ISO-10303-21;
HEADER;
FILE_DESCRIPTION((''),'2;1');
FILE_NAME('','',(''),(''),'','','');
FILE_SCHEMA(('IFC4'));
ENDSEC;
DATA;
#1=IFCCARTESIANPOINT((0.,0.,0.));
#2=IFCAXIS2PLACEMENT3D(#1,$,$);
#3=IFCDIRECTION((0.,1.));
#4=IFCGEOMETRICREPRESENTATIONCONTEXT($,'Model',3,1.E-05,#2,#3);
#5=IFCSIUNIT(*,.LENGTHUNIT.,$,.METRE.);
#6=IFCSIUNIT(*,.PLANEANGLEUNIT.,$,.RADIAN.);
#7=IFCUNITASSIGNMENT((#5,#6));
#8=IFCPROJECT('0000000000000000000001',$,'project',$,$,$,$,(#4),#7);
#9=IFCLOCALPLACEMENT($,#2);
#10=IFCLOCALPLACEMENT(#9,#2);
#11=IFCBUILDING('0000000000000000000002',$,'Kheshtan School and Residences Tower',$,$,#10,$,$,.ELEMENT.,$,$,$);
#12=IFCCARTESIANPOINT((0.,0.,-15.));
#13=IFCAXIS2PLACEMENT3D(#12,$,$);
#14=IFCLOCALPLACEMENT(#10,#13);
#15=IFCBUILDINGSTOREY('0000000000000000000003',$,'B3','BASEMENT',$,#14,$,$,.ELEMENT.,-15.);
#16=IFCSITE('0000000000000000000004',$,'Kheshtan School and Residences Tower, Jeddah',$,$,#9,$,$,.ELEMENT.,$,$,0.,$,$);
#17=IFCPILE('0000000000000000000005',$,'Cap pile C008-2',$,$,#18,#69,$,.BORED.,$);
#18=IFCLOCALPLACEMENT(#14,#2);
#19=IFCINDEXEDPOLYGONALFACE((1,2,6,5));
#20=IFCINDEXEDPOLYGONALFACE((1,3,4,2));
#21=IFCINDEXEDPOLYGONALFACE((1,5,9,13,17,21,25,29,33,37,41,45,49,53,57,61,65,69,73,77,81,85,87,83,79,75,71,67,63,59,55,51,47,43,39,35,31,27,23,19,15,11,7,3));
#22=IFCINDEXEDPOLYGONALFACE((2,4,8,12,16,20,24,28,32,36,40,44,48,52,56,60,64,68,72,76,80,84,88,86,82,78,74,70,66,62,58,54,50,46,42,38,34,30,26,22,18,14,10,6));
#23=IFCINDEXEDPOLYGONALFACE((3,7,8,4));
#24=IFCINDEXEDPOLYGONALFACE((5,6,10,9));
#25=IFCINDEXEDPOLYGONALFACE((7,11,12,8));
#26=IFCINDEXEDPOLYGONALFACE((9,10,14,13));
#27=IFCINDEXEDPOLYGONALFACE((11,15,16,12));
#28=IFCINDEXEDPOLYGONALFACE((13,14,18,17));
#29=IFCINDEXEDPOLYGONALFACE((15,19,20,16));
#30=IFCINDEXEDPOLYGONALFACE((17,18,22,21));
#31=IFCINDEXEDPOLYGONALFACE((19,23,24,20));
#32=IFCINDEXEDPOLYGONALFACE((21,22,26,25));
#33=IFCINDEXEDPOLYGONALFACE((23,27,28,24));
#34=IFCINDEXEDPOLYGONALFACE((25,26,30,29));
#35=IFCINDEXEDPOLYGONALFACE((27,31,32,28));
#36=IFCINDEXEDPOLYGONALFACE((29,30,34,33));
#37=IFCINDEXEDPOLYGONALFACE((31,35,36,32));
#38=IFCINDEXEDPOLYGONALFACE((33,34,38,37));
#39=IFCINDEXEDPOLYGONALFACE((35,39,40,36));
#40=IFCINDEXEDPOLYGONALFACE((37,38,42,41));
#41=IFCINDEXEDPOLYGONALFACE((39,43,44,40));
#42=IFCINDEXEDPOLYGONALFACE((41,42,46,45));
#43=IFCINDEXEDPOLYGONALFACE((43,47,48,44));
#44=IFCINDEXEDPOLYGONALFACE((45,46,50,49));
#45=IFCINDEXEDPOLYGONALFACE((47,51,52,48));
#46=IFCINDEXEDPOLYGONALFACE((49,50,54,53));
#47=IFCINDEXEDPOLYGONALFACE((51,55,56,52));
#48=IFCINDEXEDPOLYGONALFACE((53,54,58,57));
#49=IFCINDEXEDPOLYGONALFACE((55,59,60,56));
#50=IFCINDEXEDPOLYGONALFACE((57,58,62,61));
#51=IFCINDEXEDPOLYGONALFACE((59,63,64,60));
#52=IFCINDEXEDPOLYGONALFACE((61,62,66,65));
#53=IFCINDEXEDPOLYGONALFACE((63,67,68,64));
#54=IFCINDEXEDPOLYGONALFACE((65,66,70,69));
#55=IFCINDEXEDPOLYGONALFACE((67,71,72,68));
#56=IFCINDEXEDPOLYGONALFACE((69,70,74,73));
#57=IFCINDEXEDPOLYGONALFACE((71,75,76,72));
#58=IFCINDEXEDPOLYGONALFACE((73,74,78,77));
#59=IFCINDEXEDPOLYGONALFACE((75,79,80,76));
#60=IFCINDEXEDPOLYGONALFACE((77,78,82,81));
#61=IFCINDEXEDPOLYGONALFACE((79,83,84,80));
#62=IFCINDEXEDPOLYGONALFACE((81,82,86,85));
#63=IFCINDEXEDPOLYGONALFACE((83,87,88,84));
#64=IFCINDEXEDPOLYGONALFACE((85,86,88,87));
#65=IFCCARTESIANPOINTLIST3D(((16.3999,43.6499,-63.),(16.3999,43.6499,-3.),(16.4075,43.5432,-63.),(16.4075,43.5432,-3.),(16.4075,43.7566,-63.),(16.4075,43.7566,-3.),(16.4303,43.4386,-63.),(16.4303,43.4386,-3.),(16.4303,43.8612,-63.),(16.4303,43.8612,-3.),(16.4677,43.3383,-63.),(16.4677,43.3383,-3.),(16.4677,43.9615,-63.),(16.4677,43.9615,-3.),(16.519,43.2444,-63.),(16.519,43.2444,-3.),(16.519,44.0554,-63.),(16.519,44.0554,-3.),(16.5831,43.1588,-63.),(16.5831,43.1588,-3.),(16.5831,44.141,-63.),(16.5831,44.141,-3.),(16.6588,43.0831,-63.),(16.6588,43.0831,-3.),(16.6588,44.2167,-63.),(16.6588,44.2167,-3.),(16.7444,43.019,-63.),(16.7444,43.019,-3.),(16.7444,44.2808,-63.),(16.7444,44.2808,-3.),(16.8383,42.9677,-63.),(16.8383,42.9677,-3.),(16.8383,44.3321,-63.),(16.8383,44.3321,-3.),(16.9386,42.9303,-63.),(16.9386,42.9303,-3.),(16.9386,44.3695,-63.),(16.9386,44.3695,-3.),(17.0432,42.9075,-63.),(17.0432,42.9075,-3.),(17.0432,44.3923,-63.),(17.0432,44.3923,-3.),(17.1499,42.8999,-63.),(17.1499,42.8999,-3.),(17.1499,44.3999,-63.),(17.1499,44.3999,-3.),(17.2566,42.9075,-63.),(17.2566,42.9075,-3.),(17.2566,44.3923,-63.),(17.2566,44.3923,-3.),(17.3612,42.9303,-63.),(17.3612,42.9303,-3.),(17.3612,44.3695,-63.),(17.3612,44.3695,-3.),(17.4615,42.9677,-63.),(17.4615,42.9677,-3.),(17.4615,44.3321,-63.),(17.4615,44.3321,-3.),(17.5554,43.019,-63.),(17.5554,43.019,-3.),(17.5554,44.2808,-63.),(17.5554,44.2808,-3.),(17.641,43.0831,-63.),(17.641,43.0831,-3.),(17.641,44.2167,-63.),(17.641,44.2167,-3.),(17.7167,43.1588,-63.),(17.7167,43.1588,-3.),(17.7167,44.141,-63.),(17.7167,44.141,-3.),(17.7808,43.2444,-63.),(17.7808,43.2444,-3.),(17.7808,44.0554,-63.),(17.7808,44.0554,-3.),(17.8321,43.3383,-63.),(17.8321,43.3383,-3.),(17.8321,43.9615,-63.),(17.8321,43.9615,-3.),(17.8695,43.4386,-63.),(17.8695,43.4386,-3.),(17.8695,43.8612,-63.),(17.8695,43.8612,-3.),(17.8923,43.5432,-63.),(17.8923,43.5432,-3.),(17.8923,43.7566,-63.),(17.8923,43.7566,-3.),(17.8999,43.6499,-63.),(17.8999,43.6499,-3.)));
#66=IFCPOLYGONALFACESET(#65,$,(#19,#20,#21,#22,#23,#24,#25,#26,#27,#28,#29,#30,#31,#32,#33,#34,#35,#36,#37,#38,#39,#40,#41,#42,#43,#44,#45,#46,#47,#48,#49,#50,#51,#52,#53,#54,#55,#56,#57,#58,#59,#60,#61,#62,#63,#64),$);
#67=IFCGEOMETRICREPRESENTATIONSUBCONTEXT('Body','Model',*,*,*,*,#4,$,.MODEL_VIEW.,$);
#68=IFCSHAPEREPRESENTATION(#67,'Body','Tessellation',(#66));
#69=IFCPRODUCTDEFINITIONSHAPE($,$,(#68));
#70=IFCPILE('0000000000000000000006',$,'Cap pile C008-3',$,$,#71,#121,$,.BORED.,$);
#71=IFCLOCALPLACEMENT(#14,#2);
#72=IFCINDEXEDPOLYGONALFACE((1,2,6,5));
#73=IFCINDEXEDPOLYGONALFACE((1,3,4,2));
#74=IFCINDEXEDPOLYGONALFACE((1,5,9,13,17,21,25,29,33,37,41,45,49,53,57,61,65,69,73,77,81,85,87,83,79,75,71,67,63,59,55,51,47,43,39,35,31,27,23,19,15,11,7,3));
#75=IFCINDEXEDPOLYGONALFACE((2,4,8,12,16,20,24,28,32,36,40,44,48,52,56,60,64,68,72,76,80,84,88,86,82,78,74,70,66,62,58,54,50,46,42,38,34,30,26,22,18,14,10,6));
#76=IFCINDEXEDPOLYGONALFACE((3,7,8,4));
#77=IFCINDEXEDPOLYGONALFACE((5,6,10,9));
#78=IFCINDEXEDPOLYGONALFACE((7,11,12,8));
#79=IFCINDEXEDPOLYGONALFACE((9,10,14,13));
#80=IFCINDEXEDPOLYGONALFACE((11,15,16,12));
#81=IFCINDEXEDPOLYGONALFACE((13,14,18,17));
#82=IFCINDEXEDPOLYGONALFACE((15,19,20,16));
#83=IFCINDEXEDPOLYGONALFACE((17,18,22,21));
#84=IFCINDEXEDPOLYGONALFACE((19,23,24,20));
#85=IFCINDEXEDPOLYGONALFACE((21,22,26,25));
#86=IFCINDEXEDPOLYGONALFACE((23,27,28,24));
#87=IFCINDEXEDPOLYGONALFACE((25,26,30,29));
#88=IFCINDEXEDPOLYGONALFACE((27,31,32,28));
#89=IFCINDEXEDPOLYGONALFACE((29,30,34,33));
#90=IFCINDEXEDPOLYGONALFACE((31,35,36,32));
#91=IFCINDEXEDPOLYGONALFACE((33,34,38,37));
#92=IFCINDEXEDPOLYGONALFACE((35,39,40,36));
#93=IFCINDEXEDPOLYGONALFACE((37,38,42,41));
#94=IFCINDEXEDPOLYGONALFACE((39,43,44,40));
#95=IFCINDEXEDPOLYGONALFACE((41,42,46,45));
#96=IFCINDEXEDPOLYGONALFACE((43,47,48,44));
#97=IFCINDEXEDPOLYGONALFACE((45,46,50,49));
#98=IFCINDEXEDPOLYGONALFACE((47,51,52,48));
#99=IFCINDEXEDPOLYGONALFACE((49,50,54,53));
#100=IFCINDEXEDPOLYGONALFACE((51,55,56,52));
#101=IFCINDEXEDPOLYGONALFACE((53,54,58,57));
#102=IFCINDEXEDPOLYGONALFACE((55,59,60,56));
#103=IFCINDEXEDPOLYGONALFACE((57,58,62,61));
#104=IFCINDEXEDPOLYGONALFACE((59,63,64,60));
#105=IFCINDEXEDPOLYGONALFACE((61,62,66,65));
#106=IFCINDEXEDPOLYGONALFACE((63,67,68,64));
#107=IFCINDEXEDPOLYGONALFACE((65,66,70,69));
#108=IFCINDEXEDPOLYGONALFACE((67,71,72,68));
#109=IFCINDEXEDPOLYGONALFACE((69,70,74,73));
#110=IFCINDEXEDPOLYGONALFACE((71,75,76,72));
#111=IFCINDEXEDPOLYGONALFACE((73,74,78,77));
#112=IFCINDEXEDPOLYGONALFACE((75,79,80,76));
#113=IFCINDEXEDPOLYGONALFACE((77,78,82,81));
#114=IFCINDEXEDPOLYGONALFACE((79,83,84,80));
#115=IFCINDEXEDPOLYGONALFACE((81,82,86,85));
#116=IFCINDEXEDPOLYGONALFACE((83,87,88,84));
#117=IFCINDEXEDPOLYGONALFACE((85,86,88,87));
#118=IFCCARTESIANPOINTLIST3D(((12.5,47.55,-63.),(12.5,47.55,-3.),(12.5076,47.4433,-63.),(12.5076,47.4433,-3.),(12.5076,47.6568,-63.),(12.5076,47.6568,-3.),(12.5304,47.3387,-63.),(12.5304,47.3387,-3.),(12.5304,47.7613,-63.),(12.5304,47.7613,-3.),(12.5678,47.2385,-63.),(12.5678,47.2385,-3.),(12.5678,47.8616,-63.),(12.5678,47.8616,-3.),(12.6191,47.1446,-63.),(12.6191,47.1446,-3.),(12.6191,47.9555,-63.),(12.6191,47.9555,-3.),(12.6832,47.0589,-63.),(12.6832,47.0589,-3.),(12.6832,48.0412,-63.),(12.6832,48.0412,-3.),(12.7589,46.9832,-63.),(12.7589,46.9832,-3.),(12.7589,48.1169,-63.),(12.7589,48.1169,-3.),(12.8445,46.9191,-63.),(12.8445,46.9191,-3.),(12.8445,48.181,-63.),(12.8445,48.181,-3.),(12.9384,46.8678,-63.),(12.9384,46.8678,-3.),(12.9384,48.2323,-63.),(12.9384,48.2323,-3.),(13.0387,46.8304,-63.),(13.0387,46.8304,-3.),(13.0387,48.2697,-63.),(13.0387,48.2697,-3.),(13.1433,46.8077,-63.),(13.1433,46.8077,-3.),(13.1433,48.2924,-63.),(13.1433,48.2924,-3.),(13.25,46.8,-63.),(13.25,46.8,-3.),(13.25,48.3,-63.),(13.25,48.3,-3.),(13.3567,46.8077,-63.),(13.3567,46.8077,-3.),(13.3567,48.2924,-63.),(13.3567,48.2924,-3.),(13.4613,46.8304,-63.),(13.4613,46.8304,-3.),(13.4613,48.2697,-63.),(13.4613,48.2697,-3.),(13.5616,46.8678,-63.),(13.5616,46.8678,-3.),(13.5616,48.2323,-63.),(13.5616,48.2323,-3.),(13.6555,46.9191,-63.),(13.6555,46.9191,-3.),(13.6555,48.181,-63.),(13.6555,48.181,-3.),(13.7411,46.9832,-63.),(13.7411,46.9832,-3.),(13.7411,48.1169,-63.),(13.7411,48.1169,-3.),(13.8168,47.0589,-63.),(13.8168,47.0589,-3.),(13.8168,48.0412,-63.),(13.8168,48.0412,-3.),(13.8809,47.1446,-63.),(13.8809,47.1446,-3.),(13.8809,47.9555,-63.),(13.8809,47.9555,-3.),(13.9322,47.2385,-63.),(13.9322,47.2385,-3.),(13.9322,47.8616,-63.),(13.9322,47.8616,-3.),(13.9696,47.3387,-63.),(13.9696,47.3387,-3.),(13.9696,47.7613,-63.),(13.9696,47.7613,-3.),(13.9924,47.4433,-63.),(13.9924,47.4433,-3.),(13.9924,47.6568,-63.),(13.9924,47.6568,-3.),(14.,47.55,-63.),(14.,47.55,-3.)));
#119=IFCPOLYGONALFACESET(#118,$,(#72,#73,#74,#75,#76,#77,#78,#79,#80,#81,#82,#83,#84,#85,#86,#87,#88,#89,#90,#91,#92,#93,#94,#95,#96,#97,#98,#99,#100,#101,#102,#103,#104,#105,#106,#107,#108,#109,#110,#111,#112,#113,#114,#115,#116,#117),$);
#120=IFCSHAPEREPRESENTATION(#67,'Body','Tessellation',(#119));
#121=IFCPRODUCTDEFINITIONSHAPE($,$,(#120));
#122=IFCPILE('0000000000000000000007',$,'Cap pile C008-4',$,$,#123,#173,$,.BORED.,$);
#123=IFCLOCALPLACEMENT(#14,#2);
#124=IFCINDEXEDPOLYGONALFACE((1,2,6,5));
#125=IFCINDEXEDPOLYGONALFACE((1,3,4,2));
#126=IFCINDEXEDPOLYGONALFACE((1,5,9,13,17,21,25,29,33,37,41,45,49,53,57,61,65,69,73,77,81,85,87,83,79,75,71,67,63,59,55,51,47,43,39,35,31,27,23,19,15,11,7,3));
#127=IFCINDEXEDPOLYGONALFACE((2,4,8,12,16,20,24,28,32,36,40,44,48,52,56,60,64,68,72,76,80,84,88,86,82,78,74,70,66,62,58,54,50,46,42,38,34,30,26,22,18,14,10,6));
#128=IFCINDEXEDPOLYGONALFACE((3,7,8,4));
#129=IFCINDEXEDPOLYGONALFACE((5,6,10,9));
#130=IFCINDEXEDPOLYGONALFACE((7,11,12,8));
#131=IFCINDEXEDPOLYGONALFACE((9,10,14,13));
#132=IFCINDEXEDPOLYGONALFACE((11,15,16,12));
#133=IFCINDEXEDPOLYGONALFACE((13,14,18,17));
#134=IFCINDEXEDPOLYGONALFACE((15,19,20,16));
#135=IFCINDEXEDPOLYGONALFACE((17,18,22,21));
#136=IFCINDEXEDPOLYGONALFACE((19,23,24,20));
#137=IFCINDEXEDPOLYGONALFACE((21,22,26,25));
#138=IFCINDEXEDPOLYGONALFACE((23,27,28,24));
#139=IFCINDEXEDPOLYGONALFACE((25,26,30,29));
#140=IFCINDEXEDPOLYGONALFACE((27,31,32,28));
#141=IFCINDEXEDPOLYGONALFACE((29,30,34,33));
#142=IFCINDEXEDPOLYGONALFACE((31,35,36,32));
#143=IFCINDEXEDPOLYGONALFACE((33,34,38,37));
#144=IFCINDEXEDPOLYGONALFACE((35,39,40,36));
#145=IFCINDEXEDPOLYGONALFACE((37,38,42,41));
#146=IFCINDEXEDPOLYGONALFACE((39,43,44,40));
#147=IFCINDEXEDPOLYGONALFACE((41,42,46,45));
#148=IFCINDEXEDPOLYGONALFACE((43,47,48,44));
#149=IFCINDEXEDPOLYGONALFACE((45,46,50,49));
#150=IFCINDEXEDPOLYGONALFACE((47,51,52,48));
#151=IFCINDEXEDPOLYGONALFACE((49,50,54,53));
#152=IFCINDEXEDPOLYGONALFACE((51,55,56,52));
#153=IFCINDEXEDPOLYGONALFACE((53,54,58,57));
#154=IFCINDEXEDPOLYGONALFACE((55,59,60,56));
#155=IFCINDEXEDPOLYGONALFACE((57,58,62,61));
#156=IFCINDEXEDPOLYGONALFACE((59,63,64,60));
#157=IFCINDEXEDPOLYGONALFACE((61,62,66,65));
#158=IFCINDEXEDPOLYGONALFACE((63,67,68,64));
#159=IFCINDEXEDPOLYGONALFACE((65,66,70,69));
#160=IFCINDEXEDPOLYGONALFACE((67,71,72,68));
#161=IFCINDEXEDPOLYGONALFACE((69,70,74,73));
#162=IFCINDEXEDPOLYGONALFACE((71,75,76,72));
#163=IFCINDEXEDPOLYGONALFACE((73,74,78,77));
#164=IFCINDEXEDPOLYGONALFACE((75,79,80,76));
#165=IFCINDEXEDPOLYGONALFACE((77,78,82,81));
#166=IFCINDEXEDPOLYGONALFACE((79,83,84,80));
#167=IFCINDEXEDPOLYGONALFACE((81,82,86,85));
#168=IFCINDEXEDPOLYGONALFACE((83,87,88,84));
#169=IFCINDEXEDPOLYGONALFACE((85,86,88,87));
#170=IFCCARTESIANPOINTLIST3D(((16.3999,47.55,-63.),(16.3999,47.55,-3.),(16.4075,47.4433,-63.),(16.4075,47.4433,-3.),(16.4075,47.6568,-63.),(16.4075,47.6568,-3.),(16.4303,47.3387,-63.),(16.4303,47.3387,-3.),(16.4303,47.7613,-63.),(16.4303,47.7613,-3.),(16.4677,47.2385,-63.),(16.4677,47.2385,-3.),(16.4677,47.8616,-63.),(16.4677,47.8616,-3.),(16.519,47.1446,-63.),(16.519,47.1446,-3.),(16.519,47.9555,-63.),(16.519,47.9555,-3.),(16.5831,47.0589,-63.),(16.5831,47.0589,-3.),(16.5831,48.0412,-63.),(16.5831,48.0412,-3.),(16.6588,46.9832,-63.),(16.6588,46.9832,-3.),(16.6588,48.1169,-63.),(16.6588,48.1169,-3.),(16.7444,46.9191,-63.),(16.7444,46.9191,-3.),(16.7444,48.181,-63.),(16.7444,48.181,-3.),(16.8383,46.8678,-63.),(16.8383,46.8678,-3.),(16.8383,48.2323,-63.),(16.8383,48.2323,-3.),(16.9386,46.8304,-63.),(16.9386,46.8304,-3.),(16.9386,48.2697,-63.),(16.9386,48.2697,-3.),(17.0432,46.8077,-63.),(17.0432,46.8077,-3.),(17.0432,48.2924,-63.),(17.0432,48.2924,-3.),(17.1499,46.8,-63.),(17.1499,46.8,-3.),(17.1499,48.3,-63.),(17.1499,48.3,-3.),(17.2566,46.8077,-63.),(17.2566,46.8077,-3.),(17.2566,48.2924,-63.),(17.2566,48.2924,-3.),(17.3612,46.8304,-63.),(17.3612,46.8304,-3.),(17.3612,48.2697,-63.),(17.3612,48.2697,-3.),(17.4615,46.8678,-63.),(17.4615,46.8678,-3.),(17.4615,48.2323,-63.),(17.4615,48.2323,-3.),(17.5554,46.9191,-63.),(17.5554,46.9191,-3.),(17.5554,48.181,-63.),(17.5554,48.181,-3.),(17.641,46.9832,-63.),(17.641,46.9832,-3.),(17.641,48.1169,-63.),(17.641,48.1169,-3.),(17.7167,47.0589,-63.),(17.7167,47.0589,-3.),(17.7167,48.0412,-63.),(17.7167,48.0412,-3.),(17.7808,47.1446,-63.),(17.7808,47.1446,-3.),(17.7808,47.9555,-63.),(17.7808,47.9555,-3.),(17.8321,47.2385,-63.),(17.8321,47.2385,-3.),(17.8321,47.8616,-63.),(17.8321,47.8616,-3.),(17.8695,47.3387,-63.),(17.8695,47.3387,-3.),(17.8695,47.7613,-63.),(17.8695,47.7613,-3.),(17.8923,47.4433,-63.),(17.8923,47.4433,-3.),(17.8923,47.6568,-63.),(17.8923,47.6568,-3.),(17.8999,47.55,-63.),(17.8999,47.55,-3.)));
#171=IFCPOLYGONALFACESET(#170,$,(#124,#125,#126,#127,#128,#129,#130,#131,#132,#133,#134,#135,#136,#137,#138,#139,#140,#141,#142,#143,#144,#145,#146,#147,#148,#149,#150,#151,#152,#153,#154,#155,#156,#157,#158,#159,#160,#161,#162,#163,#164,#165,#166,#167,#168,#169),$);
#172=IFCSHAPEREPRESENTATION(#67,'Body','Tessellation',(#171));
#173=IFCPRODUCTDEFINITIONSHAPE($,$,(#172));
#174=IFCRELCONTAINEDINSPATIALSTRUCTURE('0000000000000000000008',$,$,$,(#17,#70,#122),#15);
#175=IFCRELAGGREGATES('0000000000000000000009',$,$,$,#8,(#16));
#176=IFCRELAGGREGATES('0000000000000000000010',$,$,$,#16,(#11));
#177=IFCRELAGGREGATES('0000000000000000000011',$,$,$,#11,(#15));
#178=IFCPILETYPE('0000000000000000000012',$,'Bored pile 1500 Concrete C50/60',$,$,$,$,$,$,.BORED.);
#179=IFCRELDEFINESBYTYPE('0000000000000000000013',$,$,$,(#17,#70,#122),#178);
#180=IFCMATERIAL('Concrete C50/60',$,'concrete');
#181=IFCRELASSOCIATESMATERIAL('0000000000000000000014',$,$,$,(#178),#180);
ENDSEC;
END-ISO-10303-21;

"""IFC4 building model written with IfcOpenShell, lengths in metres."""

from ifc_helpers import new_model, si_unit, direction, frame, origin, origin_2d, place, context, subcontext, project, spatial, circle, extrude, material, material_profile, profile_set, type_object, element, save


model = new_model("IFC4")

# Units and contexts
model_context = context("Model", 3, precision=1e-05, world=origin(), true_north=direction((0.0, 1.0)))
body_context = subcontext(model_context, "Body", "Model", "MODEL_VIEW")
ifc_project = project(units=[si_unit("LENGTHUNIT", "METRE"), si_unit("PLANEANGLEUNIT", "RADIAN")], contexts=[model_context])

# Site, building, storey
site_placement = place(None, origin())
site = spatial("IfcSite", under=ifc_project, at=site_placement, Name="Kheshtan School and Residences Tower, Jeddah", CompositionType="ELEMENT", RefElevation=0.0)
building_placement = place(site_placement, origin())
building = spatial("IfcBuilding", under=site, at=building_placement, Name="Kheshtan School and Residences Tower", CompositionType="ELEMENT")
storey_placement = place(building_placement, frame((0.0, 0.0, -15.0)))
storey = spatial("IfcBuildingStorey", under=building, at=storey_placement, Name="B3", Description="BASEMENT", CompositionType="ELEMENT", Elevation=-15.0)

# Piles
ifc_material_1 = material(Name="Concrete C50/60", Category="concrete")
ifc_material_profile_1 = material_profile(ifc_material_1, circle(Radius=0.75, at=origin_2d()), Name="BP 1500")
ifc_profile_set_1 = profile_set([ifc_material_profile_1], Name="Concrete C50/60")
pile_type_1 = type_object("IfcPileType", Name="Bored pile 1500 Concrete C50/60", PredefinedType="BORED", material=ifc_profile_set_1)
for number, where, z_axis, x_axis, name in (
    (1, (17.1499, 43.6499, -3.0), (0.0, 0.0, -1.0), (1.0, 0.0, 0.0), "Cap pile C008-2"),
    (2, (13.25, 47.55, -3.0), (0.0, 0.0, -1.0), (1.0, 0.0, 0.0), "Cap pile C008-3"),
    (3, (17.1499, 47.55, -3.0), (0.0, 0.0, -1.0), (1.0, 0.0, 0.0), "Cap pile C008-4"),
):
    element("IfcPile", number, at=place(storey_placement, frame(where, z_axis=z_axis, x_axis=x_axis)), inside=storey, type_object=pile_type_1, Name=name, PredefinedType="BORED", context=body_context, shape_type="SweptSolid", body=[
        extrude(circle(Radius=0.75, at=origin_2d()), origin(), (0.0, 0.0, 1.0), 60.0),
    ])

save(model, "model.ifc")
